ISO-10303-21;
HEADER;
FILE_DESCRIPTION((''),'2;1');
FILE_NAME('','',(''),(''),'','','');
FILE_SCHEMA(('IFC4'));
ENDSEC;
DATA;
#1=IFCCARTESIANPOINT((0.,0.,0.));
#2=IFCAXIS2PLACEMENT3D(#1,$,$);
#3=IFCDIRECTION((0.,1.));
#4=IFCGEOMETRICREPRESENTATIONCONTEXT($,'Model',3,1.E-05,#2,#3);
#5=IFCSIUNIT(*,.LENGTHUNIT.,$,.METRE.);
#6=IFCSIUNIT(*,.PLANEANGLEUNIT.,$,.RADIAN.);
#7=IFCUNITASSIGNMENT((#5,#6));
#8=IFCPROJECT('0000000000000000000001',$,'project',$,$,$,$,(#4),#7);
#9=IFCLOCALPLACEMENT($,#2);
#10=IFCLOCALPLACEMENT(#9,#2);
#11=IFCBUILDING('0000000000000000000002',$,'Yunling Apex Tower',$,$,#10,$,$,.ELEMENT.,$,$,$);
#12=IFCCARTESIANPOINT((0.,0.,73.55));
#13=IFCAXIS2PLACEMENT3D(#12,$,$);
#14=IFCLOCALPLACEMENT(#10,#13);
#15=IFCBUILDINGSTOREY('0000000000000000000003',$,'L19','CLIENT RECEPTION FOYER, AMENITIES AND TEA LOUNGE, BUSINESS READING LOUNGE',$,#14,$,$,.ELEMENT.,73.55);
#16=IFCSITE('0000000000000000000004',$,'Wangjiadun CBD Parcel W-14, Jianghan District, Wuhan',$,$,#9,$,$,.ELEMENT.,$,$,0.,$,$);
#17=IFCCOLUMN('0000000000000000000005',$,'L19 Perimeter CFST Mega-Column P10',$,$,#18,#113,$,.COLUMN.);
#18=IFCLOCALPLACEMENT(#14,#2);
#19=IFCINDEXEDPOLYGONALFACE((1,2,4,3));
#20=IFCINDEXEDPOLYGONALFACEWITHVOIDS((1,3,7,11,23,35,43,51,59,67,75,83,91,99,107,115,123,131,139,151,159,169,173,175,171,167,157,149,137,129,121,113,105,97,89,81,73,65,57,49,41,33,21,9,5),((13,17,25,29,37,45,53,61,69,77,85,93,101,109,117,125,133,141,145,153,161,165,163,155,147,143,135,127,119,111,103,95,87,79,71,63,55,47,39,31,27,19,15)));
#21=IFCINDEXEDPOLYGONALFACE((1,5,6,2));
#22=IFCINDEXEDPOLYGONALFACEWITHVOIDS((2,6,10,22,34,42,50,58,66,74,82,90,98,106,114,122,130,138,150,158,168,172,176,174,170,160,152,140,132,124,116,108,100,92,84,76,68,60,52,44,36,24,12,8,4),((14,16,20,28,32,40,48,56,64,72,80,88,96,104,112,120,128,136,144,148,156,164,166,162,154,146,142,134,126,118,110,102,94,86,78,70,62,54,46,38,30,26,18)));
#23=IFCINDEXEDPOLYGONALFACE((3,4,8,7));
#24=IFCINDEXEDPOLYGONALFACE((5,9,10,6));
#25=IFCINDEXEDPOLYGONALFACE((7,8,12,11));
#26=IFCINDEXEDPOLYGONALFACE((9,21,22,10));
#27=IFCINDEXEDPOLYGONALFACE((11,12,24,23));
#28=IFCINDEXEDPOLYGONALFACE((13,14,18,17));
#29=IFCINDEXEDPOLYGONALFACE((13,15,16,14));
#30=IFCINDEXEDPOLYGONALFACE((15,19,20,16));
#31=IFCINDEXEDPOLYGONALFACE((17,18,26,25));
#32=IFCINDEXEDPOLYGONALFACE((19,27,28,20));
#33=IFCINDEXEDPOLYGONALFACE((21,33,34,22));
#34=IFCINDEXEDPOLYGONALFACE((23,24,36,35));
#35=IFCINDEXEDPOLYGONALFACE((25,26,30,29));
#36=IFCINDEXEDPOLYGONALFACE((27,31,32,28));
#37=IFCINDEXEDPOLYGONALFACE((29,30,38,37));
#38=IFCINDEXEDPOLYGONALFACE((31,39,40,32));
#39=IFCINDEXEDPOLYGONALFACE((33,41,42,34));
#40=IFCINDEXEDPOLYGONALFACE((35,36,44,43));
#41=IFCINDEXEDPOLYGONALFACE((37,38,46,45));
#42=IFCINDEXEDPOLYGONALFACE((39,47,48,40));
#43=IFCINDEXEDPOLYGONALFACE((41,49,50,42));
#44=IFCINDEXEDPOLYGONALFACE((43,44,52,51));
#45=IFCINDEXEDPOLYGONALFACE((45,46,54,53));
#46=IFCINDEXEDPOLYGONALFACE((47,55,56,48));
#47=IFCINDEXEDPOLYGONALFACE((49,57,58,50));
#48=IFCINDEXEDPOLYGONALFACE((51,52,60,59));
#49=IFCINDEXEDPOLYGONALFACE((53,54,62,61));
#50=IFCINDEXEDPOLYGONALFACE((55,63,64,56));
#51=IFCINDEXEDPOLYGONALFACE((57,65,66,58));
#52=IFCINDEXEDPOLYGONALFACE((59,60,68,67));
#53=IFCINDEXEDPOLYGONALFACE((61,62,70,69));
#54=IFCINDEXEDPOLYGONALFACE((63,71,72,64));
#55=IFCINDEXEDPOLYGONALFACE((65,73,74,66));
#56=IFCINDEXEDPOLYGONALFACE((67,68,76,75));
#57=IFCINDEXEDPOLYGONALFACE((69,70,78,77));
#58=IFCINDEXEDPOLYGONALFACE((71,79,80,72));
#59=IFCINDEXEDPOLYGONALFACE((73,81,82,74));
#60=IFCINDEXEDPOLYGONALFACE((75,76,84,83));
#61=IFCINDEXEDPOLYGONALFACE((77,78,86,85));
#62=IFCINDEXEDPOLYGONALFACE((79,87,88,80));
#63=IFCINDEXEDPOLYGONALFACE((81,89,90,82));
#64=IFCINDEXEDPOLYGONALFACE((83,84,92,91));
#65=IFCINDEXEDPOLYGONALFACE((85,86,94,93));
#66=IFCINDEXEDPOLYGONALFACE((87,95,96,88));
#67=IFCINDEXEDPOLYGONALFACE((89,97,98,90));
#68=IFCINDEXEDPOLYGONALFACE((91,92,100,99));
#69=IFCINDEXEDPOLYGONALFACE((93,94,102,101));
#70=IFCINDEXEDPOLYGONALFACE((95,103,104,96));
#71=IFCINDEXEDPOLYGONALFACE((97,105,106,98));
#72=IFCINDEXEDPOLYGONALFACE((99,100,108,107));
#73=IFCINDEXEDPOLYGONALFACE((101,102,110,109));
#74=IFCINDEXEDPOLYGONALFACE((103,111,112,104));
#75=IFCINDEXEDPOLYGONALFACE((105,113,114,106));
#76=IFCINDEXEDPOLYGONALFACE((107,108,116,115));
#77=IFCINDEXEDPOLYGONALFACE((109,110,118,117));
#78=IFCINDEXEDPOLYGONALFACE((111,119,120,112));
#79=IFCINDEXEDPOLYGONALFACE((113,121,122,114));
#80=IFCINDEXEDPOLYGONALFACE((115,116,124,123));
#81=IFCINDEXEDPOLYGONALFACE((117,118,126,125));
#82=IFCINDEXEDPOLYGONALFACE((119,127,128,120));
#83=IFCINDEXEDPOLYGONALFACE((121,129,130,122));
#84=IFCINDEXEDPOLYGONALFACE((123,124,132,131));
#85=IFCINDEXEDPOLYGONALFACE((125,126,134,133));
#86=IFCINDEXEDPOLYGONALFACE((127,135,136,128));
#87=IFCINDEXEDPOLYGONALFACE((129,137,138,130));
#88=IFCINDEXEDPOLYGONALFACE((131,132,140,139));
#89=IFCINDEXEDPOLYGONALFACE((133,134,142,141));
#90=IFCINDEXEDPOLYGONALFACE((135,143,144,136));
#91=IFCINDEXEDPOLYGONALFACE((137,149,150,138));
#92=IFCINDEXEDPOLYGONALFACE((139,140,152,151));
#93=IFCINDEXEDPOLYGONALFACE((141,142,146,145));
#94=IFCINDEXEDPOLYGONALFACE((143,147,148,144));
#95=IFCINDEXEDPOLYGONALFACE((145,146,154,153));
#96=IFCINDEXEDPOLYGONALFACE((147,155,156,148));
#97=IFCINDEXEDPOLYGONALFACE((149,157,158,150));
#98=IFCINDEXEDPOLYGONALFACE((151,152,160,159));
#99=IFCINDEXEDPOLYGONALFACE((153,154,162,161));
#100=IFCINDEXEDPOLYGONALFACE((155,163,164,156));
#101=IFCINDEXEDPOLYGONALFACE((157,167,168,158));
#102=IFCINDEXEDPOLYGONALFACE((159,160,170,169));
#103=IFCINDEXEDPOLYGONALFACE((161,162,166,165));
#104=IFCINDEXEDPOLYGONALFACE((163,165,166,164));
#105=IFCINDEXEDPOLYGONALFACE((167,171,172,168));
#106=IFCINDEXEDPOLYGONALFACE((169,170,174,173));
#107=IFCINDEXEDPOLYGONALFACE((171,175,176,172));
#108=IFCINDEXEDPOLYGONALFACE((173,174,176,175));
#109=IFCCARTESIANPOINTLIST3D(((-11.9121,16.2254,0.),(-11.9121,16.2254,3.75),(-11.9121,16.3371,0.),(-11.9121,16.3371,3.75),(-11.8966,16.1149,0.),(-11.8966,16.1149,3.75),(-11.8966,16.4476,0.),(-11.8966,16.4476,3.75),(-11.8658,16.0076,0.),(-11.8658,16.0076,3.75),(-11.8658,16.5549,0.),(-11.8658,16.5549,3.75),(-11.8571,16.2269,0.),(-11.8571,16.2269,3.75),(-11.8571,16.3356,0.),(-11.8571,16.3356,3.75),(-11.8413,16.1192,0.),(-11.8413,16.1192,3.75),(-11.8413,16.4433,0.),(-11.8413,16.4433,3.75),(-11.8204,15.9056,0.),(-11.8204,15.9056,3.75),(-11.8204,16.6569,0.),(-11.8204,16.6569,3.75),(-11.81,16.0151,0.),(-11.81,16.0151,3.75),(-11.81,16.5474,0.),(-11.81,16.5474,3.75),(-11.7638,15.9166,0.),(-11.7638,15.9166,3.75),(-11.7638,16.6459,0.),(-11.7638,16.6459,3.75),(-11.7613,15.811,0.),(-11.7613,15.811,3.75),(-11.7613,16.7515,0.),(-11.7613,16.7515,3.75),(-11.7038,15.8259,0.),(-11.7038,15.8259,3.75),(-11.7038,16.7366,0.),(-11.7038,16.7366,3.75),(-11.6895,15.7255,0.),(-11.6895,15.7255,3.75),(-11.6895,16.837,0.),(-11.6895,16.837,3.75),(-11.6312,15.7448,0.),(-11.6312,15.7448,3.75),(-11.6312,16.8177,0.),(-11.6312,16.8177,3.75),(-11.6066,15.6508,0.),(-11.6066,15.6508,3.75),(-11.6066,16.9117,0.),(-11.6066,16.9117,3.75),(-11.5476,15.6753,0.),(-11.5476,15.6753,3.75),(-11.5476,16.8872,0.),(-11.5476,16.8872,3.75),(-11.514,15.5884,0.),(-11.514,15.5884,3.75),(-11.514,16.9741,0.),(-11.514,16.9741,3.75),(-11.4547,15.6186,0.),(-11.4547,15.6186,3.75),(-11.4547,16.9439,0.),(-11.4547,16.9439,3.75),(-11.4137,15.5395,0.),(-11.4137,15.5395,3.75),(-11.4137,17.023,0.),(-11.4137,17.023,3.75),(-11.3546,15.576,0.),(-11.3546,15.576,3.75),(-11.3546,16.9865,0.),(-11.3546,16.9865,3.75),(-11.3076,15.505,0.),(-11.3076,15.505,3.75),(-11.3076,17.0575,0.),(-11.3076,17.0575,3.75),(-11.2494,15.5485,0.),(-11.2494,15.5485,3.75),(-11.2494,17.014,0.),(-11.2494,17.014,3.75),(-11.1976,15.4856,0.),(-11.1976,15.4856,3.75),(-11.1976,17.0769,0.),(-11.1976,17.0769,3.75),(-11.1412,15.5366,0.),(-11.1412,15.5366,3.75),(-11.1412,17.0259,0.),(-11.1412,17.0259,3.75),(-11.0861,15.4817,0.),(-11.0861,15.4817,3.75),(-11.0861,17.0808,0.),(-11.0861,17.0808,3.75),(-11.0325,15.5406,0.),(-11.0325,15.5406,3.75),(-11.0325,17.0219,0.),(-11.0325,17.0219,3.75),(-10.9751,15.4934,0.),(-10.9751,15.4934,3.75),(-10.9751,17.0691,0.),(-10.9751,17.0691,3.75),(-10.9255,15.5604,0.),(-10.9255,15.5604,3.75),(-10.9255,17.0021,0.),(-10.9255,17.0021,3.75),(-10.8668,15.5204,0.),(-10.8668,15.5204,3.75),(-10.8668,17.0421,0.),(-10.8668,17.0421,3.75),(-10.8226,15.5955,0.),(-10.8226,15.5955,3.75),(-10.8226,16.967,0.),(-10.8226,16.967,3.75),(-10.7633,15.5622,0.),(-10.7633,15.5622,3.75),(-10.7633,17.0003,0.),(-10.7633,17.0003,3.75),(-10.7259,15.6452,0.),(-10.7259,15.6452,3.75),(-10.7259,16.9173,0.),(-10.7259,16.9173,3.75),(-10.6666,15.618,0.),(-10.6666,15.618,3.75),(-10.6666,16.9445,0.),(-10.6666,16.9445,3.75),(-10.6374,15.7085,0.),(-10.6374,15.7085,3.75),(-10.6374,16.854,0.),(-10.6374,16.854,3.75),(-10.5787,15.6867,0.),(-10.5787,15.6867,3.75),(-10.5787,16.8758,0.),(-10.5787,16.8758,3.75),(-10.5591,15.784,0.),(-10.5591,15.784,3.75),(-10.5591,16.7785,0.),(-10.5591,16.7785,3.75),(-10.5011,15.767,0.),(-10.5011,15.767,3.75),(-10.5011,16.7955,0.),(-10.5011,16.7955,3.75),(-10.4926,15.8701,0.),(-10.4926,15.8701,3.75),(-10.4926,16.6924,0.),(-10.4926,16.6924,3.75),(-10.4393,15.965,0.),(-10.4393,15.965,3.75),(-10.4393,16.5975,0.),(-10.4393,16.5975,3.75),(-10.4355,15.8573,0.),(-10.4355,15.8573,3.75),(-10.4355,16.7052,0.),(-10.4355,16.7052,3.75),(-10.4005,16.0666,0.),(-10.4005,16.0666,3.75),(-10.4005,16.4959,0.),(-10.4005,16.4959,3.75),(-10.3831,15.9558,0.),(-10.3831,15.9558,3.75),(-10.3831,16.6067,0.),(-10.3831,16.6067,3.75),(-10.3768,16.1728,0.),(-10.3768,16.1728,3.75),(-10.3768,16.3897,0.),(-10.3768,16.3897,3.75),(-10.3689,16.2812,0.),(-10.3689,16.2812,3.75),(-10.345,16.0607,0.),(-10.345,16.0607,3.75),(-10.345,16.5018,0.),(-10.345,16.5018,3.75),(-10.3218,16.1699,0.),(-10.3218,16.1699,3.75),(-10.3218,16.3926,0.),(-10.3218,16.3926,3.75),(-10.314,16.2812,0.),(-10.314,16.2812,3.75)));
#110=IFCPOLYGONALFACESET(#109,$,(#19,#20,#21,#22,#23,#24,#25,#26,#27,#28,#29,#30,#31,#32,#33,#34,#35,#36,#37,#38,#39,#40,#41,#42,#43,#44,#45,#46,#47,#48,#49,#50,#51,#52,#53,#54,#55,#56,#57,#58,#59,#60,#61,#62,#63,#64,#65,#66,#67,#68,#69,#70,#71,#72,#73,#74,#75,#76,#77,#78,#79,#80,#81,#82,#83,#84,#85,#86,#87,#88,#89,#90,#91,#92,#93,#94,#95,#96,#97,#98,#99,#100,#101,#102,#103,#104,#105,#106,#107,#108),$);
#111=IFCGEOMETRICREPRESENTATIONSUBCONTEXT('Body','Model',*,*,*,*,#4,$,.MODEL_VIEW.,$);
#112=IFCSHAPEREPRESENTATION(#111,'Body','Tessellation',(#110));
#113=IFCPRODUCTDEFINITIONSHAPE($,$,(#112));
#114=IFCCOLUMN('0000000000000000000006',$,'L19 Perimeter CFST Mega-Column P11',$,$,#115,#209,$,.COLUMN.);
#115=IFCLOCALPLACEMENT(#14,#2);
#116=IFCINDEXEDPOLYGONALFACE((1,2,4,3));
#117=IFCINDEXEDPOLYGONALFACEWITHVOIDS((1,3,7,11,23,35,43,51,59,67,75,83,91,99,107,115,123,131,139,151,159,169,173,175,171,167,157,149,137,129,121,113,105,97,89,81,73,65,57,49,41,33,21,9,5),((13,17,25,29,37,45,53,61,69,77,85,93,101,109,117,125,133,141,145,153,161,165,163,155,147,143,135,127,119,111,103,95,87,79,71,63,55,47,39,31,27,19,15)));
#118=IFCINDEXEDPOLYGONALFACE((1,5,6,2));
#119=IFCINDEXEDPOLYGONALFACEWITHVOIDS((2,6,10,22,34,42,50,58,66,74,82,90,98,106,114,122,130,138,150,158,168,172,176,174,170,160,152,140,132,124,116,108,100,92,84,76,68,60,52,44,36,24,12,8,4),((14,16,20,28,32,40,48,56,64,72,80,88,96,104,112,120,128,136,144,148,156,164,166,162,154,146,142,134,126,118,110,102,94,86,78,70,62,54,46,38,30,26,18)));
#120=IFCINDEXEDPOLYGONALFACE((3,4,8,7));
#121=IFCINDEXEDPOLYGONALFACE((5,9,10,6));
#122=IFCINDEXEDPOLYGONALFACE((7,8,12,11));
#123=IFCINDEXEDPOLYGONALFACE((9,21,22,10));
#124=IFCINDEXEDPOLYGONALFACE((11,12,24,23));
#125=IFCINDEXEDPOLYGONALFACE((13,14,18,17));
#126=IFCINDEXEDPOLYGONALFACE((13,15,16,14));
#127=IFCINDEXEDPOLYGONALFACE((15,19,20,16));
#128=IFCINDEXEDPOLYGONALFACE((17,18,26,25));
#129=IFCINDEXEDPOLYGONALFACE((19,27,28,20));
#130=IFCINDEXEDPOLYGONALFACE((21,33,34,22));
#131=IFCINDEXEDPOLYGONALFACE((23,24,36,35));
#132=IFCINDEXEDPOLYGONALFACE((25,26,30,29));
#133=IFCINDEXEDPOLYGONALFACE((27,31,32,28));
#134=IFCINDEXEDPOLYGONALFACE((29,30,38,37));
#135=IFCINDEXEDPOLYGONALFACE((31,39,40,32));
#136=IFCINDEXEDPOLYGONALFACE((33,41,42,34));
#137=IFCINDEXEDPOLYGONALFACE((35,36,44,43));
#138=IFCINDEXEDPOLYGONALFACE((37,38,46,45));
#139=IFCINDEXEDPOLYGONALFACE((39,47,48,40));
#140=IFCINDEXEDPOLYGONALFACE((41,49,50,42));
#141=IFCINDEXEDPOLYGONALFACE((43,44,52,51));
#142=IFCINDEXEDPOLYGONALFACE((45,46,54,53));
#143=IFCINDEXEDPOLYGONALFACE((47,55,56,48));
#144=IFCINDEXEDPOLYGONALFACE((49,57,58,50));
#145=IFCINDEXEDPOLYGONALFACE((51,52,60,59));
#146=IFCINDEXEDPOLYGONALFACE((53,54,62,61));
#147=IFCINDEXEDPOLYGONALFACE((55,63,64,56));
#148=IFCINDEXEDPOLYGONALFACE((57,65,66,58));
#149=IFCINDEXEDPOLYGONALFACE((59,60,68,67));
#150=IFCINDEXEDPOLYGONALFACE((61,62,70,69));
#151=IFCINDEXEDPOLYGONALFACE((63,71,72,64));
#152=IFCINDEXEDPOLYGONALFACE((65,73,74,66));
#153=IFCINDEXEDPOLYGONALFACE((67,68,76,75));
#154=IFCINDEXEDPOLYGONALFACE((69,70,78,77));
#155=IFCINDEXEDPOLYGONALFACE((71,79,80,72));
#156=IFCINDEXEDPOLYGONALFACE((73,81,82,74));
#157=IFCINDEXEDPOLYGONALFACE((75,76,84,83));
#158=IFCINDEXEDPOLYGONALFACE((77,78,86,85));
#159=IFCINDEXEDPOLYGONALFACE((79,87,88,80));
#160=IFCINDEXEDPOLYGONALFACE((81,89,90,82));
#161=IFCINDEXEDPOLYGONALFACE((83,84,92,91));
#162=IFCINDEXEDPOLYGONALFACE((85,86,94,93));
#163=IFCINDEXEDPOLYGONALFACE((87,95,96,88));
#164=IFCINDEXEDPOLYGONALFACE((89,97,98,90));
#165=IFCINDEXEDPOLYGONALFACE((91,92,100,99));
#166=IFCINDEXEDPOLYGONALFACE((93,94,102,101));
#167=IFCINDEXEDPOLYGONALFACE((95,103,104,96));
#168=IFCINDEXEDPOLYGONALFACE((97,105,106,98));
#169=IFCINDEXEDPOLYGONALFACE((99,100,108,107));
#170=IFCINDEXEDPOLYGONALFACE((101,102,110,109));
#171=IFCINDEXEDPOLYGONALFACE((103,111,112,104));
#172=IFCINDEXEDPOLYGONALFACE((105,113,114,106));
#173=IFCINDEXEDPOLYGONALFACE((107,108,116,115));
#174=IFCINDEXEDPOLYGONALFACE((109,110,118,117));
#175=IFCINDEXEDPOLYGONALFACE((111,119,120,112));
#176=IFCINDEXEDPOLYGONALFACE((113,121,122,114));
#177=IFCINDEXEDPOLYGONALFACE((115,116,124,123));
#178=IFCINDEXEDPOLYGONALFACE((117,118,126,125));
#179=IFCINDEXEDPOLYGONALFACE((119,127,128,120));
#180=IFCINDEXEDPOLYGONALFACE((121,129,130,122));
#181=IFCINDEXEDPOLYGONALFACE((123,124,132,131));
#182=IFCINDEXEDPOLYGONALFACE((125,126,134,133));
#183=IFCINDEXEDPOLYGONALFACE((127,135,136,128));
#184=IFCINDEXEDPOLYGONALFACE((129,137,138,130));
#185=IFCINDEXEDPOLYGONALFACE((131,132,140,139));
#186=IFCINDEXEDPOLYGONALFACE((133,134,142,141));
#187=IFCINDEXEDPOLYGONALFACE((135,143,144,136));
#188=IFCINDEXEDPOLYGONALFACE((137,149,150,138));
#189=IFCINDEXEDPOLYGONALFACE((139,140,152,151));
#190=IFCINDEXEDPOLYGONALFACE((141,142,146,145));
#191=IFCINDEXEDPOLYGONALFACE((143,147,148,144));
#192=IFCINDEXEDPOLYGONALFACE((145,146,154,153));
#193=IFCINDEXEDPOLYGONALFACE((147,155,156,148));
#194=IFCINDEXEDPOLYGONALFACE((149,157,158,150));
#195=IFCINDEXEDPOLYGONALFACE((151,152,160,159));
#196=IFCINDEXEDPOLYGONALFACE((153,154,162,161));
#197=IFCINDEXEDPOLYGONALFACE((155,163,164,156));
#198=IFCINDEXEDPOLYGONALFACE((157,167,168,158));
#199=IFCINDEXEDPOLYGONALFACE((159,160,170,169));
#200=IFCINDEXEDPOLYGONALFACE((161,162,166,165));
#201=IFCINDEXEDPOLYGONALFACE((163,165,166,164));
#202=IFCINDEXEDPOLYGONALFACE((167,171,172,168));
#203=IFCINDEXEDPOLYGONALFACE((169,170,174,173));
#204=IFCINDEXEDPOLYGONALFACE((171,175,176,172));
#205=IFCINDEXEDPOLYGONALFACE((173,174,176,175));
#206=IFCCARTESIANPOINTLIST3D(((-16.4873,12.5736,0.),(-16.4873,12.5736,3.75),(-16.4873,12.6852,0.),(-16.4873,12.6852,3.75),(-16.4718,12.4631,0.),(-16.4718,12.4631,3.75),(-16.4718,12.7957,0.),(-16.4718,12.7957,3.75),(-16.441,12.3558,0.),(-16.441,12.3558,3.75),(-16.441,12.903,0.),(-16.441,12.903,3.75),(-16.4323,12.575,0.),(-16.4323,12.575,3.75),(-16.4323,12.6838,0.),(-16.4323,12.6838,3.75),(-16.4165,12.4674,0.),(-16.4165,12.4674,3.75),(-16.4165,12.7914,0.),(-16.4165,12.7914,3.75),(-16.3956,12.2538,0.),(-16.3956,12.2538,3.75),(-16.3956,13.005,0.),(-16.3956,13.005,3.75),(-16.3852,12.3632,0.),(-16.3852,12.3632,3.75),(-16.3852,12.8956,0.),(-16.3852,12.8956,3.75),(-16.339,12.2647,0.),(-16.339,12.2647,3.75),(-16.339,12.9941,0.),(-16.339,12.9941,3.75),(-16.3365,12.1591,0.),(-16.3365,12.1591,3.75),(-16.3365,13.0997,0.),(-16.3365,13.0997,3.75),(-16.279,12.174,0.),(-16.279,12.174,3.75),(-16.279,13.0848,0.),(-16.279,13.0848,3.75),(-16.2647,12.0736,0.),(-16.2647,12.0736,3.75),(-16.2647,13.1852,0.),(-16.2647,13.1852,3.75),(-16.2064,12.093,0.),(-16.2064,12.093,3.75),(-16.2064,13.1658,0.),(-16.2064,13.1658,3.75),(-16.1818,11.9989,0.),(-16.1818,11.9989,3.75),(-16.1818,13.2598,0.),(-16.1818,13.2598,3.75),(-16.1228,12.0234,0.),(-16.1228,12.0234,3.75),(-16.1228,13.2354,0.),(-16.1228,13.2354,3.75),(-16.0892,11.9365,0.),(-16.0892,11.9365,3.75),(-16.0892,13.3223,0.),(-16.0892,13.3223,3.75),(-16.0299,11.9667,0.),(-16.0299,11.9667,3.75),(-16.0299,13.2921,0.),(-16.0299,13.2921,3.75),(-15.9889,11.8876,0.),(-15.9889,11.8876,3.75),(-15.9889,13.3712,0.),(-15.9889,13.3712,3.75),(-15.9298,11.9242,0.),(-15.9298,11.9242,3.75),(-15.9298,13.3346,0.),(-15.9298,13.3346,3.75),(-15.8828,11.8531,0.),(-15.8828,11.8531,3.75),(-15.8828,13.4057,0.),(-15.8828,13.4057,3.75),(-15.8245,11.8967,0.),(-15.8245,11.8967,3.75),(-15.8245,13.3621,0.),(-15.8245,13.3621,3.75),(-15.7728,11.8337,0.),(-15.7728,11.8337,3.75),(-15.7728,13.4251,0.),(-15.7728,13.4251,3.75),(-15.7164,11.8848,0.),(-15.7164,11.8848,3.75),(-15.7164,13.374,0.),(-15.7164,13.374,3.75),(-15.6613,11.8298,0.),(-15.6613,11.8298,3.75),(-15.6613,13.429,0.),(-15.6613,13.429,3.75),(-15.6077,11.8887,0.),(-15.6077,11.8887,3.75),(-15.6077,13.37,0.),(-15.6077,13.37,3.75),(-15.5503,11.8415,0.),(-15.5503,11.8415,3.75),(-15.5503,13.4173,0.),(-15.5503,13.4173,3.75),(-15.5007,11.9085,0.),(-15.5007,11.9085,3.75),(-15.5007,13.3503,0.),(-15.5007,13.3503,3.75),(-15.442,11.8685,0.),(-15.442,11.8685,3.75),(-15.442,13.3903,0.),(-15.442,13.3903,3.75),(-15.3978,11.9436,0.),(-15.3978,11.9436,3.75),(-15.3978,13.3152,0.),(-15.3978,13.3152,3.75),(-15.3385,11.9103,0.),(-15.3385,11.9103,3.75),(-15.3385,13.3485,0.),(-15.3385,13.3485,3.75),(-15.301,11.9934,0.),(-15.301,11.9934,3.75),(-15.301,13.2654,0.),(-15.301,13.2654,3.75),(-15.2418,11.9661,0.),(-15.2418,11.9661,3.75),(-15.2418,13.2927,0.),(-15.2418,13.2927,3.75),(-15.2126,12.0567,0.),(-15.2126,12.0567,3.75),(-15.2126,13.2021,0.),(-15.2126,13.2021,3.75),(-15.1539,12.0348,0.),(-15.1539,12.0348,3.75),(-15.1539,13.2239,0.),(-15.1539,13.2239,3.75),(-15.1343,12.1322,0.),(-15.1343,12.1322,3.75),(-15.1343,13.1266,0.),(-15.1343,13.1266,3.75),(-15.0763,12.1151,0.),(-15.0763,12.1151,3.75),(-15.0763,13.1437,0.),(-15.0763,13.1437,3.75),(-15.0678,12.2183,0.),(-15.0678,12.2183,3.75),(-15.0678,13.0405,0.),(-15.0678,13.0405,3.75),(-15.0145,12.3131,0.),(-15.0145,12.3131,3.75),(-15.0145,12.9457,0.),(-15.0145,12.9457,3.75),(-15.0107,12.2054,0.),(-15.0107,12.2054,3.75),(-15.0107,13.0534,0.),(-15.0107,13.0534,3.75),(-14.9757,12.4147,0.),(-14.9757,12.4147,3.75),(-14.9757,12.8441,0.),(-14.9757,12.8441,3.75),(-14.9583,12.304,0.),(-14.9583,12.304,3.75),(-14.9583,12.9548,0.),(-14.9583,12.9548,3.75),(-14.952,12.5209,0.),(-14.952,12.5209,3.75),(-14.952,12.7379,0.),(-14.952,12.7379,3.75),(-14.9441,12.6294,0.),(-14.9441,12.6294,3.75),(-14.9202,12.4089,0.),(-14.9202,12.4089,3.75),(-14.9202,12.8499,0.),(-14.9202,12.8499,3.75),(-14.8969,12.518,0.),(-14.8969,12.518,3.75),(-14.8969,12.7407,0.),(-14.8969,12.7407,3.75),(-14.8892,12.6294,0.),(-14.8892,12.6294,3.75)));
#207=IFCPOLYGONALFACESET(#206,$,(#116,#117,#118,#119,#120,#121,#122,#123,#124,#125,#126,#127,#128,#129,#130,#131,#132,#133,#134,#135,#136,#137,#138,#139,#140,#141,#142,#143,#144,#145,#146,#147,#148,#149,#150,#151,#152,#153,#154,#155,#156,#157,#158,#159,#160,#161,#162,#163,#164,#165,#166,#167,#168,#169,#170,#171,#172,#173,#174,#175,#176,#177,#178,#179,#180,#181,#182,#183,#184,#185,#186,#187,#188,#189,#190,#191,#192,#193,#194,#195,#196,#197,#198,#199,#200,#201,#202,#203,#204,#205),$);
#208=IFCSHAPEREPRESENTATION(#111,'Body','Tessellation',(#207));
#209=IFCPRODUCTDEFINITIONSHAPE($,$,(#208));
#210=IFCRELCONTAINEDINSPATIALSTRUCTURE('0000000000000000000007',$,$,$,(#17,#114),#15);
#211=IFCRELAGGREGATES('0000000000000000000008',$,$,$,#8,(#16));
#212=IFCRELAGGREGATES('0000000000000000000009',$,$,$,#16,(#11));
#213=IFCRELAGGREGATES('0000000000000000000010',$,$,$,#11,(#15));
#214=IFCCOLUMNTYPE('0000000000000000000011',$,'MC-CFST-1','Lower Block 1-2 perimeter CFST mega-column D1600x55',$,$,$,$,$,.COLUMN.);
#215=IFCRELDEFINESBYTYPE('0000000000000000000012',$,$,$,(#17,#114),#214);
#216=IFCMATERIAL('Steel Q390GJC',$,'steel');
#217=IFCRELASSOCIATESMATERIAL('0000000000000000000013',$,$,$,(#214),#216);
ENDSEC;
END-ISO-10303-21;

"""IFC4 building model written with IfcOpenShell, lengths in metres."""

from ifc_helpers import new_model, si_unit, direction, frame, origin, origin_2d, place, context, subcontext, project, spatial, hollow_circle, extrude, source, transform, mapped, material, material_profile, profile_set, type_object, element, save


model = new_model("IFC4")

# Units and contexts
model_context = context("Model", 3, precision=1e-05, world=origin(), true_north=direction((0.0, 1.0)))
body_context = subcontext(model_context, "Body", "Model", "MODEL_VIEW")
ifc_project = project(units=[si_unit("LENGTHUNIT", "METRE"), si_unit("PLANEANGLEUNIT", "RADIAN")], contexts=[model_context])

# Site, building, storey
site_placement = place(None, origin())
site = spatial("IfcSite", under=ifc_project, at=site_placement, Name="Wangjiadun CBD Parcel W-14, Jianghan District, Wuhan", CompositionType="ELEMENT", RefElevation=0.0)
building_placement = place(site_placement, origin())
building = spatial("IfcBuilding", under=site, at=building_placement, Name="Yunling Apex Tower", CompositionType="ELEMENT")
storey_placement = place(building_placement, frame((0.0, 0.0, 73.55)))
storey = spatial("IfcBuildingStorey", under=building, at=storey_placement, Name="L19", Description="CLIENT RECEPTION FOYER, AMENITIES AND TEA LOUNGE, BUSINESS READING LOUNGE", CompositionType="ELEMENT", Elevation=73.55)

# Columns
ifc_material_1 = material(Name="Steel Q390GJC", Category="steel")
ifc_material_profile_1 = material_profile(ifc_material_1, hollow_circle(Radius=0.8, WallThickness=0.0549, at=origin_2d()))
ifc_profile_set_1 = profile_set([ifc_material_profile_1], Name="Steel Q390GJC")
column_type = type_object("IfcColumnType", Name="MC-CFST-1", Description="Lower Block 1-2 perimeter CFST mega-column D1600x55", PredefinedType="COLUMN", material=ifc_profile_set_1)
shared_shape_1 = source(origin(), body_context, "Body", "SweptSolid", [
    extrude(hollow_circle(Radius=0.8, WallThickness=0.0549, at=origin_2d()), origin(), (0.0, 0.0, 1.0), 3.75),
])
for number, where, z_axis, x_axis, name in (
    (1, (-11.114, 16.2812, 0.0), (0.0, 0.0, 1.0), (1.0, 0.0, 0.0), "L19 Perimeter CFST Mega-Column P10"),
    (2, (-15.6892, 12.6294, 0.0), (0.0, 0.0, 1.0), (1.0, 0.0, 0.0), "L19 Perimeter CFST Mega-Column P11"),
):
    element("IfcColumn", number, at=place(storey_placement, frame(where, z_axis=z_axis, x_axis=x_axis)), inside=storey, type_object=column_type, Name=name, PredefinedType="COLUMN", context=body_context, shape_type="MappedRepresentation", body=[
        mapped(shared_shape_1, transform((0.0, 0.0, 0.0), scale=1.0)),
    ])

save(model, "model.ifc")
